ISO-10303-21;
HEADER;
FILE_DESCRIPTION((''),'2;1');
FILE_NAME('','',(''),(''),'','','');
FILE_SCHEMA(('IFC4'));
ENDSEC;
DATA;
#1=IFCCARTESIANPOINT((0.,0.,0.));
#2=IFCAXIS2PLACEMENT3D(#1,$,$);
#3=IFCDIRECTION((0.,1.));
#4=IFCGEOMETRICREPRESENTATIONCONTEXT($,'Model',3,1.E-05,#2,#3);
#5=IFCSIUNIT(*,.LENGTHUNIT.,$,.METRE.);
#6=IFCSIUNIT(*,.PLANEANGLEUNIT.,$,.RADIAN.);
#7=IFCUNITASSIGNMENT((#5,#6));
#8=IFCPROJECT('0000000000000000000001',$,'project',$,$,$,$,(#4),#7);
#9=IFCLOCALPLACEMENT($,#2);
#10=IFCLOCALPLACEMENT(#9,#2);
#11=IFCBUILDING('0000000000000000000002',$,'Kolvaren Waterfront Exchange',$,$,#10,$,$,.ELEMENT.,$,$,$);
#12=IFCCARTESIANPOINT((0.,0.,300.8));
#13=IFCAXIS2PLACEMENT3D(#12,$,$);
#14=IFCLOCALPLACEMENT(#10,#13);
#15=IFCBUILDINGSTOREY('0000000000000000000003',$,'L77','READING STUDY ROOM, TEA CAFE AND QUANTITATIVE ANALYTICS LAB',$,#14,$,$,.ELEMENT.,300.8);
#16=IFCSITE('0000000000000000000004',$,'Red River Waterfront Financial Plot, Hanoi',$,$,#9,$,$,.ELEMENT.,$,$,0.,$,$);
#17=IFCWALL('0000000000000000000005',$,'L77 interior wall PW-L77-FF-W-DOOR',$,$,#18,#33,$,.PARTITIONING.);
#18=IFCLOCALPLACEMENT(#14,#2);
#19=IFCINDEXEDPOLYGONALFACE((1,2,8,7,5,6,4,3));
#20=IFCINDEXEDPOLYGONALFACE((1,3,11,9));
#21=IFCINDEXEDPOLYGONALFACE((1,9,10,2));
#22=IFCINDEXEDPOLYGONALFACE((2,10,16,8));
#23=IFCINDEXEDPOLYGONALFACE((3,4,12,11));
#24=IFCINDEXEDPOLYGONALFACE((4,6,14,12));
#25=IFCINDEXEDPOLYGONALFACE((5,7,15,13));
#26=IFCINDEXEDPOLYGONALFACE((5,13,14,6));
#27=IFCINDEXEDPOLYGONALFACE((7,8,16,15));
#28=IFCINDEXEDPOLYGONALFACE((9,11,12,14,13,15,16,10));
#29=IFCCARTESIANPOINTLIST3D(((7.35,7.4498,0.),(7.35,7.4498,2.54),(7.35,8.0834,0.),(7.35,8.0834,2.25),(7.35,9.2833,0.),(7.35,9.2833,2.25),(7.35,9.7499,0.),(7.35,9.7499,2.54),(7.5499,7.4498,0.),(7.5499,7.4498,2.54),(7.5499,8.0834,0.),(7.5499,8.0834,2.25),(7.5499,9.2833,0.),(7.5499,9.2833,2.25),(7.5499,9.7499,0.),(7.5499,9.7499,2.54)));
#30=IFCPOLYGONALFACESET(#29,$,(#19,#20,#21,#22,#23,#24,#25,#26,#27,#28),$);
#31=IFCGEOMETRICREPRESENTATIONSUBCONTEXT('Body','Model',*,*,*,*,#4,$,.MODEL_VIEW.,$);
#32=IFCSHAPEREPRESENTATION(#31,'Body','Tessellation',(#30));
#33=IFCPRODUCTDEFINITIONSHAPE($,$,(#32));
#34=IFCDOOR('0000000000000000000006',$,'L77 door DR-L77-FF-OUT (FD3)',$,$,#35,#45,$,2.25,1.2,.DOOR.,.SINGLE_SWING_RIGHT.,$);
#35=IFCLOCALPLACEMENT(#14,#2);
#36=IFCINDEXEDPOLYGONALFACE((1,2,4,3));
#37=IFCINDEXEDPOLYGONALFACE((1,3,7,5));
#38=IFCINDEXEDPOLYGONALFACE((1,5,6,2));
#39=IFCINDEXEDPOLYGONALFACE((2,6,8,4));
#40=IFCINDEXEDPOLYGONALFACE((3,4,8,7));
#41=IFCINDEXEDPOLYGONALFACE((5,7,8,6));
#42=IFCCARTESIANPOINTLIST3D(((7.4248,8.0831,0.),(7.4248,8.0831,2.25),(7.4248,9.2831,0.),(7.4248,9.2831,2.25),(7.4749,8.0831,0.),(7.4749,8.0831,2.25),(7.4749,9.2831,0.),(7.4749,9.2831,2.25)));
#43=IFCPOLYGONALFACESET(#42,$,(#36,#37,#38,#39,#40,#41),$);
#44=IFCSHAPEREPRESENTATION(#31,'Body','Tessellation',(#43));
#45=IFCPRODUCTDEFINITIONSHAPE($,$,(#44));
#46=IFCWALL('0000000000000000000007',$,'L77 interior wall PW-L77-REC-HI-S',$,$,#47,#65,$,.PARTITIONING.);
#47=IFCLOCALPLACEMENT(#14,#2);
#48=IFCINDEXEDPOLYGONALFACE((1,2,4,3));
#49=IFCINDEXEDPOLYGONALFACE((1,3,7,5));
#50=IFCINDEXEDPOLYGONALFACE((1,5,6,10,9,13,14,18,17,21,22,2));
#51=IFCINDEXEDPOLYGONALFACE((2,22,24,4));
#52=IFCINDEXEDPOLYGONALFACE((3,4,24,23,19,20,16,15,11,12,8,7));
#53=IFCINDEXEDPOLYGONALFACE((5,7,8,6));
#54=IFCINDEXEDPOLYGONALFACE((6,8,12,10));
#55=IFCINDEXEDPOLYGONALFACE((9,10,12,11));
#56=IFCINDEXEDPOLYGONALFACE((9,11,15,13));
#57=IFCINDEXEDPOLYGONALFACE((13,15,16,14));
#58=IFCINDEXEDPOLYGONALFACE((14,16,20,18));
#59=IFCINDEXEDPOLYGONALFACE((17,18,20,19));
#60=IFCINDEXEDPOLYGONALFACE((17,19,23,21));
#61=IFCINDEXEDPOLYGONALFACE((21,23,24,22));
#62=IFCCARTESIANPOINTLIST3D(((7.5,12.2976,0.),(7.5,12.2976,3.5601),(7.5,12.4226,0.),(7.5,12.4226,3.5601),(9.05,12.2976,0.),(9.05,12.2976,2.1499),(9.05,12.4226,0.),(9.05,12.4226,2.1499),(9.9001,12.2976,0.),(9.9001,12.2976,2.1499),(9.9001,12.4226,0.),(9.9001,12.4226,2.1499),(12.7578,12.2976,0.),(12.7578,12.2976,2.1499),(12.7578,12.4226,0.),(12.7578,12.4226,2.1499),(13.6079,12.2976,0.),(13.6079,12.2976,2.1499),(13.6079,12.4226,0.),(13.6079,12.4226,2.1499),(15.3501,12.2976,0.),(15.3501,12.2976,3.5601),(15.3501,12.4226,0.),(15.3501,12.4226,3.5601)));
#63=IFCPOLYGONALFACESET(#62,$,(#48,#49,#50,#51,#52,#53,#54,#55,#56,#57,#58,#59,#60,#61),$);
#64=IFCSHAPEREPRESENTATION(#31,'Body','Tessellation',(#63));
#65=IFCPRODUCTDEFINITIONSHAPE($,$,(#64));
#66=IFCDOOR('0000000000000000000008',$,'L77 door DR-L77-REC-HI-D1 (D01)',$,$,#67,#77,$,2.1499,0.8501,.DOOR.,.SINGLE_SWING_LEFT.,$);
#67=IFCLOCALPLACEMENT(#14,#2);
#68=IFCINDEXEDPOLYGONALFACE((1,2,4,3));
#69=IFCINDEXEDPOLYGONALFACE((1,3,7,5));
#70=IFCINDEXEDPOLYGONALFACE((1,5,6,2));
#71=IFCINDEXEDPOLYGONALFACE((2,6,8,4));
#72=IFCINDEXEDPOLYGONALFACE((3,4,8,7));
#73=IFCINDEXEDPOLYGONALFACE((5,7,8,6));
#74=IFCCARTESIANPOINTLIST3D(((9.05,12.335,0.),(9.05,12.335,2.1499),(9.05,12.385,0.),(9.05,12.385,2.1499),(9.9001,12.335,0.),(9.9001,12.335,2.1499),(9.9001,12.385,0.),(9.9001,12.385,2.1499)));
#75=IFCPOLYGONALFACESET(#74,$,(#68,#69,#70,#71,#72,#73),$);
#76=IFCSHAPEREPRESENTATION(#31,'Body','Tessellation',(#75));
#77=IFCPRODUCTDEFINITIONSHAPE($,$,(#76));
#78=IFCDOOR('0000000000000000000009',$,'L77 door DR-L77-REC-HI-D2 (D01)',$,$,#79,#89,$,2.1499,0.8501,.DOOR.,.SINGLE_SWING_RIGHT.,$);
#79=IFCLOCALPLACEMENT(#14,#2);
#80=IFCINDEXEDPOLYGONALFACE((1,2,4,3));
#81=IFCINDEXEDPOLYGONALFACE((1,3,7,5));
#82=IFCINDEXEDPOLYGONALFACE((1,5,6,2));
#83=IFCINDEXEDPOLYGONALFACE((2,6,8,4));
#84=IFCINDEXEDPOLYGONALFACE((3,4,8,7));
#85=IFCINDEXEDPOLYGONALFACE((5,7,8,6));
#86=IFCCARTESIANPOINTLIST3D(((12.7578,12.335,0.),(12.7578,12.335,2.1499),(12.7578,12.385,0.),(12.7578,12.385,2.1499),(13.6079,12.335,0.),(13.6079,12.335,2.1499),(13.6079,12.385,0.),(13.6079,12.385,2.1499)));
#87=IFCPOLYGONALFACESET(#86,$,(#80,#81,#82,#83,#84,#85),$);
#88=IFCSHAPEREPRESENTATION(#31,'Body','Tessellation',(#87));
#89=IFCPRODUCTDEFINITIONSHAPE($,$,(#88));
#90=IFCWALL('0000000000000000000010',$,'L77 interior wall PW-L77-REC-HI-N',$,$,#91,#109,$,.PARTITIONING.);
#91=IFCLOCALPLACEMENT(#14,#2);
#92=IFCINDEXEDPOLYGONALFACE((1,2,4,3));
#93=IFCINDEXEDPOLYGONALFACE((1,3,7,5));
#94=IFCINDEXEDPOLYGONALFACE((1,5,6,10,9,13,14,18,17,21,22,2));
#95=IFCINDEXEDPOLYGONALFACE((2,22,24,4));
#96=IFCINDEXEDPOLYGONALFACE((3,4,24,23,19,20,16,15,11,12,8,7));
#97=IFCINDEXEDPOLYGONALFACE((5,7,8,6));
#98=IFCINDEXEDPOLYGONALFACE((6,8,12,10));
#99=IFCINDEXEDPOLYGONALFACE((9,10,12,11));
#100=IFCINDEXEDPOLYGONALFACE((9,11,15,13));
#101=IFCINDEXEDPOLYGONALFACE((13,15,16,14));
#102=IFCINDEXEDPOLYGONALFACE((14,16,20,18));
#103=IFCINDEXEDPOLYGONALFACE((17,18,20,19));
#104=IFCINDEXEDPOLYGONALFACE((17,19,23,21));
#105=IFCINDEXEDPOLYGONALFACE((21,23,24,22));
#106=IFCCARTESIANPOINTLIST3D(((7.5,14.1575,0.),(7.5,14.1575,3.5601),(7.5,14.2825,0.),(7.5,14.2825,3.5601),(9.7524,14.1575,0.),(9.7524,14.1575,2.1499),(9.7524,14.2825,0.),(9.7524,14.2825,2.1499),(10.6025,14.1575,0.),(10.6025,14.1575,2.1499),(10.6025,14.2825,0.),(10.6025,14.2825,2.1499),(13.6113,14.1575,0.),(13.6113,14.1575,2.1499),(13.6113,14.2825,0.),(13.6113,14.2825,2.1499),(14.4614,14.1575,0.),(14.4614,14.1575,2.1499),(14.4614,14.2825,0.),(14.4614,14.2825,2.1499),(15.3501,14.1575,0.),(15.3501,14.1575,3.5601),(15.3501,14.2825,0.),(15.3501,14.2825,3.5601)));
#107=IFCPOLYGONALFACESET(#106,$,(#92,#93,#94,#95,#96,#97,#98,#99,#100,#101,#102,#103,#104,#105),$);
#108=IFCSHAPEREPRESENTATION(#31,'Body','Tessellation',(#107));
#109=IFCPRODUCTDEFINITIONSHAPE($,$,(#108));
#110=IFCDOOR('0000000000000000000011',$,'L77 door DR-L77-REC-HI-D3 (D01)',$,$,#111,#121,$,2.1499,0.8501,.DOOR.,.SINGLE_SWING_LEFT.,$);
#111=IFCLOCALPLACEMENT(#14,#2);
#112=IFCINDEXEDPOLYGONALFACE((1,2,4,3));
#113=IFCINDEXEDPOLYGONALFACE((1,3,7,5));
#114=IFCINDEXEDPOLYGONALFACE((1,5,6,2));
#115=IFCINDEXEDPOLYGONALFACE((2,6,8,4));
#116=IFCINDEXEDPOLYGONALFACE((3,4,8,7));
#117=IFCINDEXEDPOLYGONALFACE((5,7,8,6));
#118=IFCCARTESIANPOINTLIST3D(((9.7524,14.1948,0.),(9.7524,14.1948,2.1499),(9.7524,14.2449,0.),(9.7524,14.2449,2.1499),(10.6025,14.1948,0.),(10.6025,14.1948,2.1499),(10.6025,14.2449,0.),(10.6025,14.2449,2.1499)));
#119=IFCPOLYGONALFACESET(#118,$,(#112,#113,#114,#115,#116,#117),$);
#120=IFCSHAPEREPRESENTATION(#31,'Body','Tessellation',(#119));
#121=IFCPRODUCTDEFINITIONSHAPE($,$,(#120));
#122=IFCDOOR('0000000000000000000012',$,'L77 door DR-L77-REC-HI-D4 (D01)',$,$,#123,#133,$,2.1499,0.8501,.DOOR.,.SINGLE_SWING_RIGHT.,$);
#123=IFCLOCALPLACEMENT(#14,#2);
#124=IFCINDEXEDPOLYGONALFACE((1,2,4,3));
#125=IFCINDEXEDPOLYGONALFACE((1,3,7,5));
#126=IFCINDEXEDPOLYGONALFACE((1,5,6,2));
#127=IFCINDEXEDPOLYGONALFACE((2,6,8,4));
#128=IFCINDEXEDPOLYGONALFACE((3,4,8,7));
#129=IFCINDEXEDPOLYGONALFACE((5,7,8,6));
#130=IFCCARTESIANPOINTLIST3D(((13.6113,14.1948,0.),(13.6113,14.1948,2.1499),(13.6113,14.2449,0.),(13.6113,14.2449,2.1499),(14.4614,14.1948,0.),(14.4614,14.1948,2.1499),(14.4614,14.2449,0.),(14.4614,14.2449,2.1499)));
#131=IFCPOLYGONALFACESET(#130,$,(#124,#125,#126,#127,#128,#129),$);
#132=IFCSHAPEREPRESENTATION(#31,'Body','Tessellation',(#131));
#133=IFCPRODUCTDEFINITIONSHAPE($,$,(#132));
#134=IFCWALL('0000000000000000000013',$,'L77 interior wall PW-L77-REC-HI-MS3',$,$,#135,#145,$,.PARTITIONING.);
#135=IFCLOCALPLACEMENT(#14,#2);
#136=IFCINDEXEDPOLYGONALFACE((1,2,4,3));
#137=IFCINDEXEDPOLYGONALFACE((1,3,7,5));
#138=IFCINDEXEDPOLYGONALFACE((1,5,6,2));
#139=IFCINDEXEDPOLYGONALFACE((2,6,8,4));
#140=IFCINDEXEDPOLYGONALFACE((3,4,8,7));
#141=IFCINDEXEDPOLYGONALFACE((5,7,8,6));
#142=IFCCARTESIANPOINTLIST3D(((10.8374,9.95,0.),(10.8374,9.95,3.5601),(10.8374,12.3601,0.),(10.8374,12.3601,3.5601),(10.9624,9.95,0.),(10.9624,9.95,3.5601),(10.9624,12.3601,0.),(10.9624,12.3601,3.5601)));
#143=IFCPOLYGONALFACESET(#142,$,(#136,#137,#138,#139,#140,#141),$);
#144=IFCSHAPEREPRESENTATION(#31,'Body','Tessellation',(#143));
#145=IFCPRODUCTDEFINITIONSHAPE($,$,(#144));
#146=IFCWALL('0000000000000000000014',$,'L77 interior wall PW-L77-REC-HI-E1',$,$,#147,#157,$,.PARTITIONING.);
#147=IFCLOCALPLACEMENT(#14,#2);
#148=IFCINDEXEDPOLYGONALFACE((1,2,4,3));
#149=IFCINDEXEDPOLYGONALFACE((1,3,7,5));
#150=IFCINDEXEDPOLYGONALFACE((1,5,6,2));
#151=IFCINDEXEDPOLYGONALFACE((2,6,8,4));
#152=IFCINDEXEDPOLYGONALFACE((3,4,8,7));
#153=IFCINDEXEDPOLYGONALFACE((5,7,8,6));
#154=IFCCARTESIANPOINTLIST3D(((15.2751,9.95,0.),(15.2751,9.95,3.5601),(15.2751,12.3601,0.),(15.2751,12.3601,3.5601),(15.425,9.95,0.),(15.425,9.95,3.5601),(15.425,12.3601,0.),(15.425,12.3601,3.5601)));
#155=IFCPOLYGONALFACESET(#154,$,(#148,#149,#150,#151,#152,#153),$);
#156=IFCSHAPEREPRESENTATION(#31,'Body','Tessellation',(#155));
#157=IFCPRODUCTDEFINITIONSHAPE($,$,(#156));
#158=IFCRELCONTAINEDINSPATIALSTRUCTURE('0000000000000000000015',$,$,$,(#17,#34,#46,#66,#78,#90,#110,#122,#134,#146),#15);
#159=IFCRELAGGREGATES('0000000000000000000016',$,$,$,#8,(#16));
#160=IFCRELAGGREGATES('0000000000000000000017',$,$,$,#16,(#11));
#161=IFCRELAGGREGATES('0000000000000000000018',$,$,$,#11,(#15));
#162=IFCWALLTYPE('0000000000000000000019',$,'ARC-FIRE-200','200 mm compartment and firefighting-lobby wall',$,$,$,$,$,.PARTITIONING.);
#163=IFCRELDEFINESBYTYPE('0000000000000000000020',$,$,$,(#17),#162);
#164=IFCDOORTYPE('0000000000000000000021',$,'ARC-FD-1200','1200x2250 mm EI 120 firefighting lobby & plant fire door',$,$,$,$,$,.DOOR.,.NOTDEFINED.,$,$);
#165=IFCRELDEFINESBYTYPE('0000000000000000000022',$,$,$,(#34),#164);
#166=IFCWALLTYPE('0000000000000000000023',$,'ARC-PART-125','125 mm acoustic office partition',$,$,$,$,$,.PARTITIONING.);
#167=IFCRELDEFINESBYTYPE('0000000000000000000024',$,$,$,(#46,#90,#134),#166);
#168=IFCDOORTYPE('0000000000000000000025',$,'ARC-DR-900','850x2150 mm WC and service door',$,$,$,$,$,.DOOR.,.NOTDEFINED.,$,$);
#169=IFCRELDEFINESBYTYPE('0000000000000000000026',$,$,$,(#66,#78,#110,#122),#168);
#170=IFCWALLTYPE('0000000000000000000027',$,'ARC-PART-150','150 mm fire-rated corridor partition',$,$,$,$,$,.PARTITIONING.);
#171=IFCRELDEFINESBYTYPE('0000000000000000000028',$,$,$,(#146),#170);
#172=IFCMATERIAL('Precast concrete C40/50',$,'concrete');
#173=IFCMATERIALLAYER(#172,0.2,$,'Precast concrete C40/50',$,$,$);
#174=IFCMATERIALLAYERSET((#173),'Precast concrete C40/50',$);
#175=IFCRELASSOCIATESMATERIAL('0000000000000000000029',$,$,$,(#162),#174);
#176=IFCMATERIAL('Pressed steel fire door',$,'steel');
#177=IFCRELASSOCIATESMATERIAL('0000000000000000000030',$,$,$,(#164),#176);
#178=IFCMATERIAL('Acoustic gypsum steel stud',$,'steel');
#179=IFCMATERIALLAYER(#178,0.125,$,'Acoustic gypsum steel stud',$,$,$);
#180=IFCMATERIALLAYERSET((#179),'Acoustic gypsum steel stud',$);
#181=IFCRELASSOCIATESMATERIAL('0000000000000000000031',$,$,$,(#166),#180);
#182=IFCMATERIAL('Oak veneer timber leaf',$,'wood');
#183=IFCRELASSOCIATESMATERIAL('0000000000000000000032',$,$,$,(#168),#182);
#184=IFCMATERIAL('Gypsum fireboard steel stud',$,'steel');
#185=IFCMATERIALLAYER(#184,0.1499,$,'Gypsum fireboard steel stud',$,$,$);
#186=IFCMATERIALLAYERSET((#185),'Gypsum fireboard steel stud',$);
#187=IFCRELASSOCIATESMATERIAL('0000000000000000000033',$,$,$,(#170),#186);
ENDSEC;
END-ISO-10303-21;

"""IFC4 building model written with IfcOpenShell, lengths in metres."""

from ifc_helpers import new_model, si_unit, direction, frame, frame_2d, origin, place, context, subcontext, project, spatial, rectangle, extrude, material, layer, layer_set, type_object, element, fill, save


model = new_model("IFC4")

# Units and contexts
model_context = context("Model", 3, precision=1e-05, world=origin(), true_north=direction((0.0, 1.0)))
body_context = subcontext(model_context, "Body", "Model", "MODEL_VIEW")
ifc_project = project(units=[si_unit("LENGTHUNIT", "METRE"), si_unit("PLANEANGLEUNIT", "RADIAN")], contexts=[model_context])

# Site, building, storey
site_placement = place(None, origin())
site = spatial("IfcSite", under=ifc_project, at=site_placement, Name="Red River Waterfront Financial Plot, Hanoi", CompositionType="ELEMENT", RefElevation=0.0)
building_placement = place(site_placement, origin())
building = spatial("IfcBuilding", under=site, at=building_placement, Name="Kolvaren Waterfront Exchange", CompositionType="ELEMENT")
storey_placement = place(building_placement, frame((0.0, 0.0, 300.8)))
storey = spatial("IfcBuildingStorey", under=building, at=storey_placement, Name="L77", Description="READING STUDY ROOM, TEA CAFE AND QUANTITATIVE ANALYTICS LAB", CompositionType="ELEMENT", Elevation=300.8)

# Shared definitions
ifc_material_1 = material(Name="Precast concrete C40/50", Category="concrete")
ifc_layer_1 = layer(ifc_material_1, 0.2, Name="Precast concrete C40/50")
ifc_layer_set_1 = layer_set([ifc_layer_1], Name="Precast concrete C40/50")
wall_type_1 = type_object("IfcWallType", Name="ARC-FIRE-200", Description="200 mm compartment and firefighting-lobby wall", PredefinedType="PARTITIONING", material=ifc_layer_set_1)

# Wall, opening, door
wall_1_placement = place(storey_placement, frame((7.45, 7.45, 0.0), z_axis=(0.0, 0.0, 1.0), x_axis=(0.0, 1.0, 0.0)))
wall_1 = element("IfcWall", 1, at=wall_1_placement, inside=storey, type_object=wall_type_1, Name="L77 interior wall PW-L77-FF-W-DOOR", PredefinedType="PARTITIONING", context=body_context, shape_type="SweptSolid", body=[
    extrude(rectangle(XDim=2.3, YDim=0.2, at=frame_2d((1.1499, 0.0))), origin(), (0.0, 0.0, 1.0), 2.54),
])
opening_1_placement = place(wall_1_placement, frame((0.6333, 0.0, 0.0)))
opening_1 = element("IfcOpeningElement", 2, at=opening_1_placement, cuts=wall_1, PredefinedType="OPENING", context=body_context, shape_type="SweptSolid", body=[
    extrude(rectangle(XDim=1.2, YDim=2.25, at=frame_2d((0.6001, 1.125))), frame((0.0, 0.1099, 0.0), z_axis=(0.0, -1.0, 0.0), x_axis=(1.0, 0.0, 0.0)), (0.0, 0.0, 1.0), 0.22),
])
ifc_material_2 = material(Name="Pressed steel fire door", Category="steel")
door_type_1 = type_object("IfcDoorType", Name="ARC-FD-1200", Description="1200x2250 mm EI 120 firefighting lobby & plant fire door", OperationType="NOTDEFINED", PredefinedType="DOOR", material=ifc_material_2)
door_1_placement = place(opening_1_placement, frame((1.2, 0.0, 0.0), z_axis=(0.0, 0.0, 1.0), x_axis=(-1.0, 0.0, 0.0)))
door_1 = element("IfcDoor", 3, at=door_1_placement, inside=storey, type_object=door_type_1, Name="L77 door DR-L77-FF-OUT (FD3)", OperationType="SINGLE_SWING_RIGHT", OverallHeight=2.25, OverallWidth=1.2, PredefinedType="DOOR", context=body_context, shape_type="SweptSolid", body=[
    extrude(rectangle(XDim=1.2, YDim=2.25, at=frame_2d((0.6001, 1.125))), frame((0.0, 0.0249, 0.0), z_axis=(0.0, -1.0, 0.0), x_axis=(1.0, 0.0, 0.0)), (0.0, 0.0, 1.0), 0.05),
])
fill(opening_1, door_1)

# Walls, openings, doors
ifc_material_3 = material(Name="Acoustic gypsum steel stud", Category="steel")
ifc_layer_2 = layer(ifc_material_3, 0.125, Name="Acoustic gypsum steel stud")
ifc_layer_set_2 = layer_set([ifc_layer_2], Name="Acoustic gypsum steel stud")
wall_type_2 = type_object("IfcWallType", Name="ARC-PART-125", Description="125 mm acoustic office partition", PredefinedType="PARTITIONING", material=ifc_layer_set_2)
wall_2_placement = place(storey_placement, frame((7.5, 12.3601, 0.0), z_axis=(0.0, 0.0, 1.0), x_axis=(1.0, 0.0, 0.0)))
wall_2 = element("IfcWall", 4, at=wall_2_placement, inside=storey, type_object=wall_type_2, Name="L77 interior wall PW-L77-REC-HI-S", PredefinedType="PARTITIONING", context=body_context, shape_type="SweptSolid", body=[
    extrude(rectangle(XDim=7.8501, YDim=0.125, at=frame_2d((3.925, 0.0))), origin(), (0.0, 0.0, 1.0), 3.5601),
])
opening_2_placement = place(wall_2_placement, frame((1.55, 0.0, 0.0)))
opening_2 = element("IfcOpeningElement", 5, at=opening_2_placement, cuts=wall_2, PredefinedType="OPENING", context=body_context, shape_type="SweptSolid", body=[
    extrude(rectangle(XDim=0.8501, YDim=2.1499, at=frame_2d((0.425, 1.075))), frame((0.0, 0.0725, 0.0), z_axis=(0.0, -1.0, 0.0), x_axis=(1.0, 0.0, 0.0)), (0.0, 0.0, 1.0), 0.145),
])
opening_3_placement = place(wall_2_placement, frame((5.2578, 0.0, 0.0)))
opening_3 = element("IfcOpeningElement", 6, at=opening_3_placement, cuts=wall_2, PredefinedType="OPENING", context=body_context, shape_type="SweptSolid", body=[
    extrude(rectangle(XDim=0.8501, YDim=2.1499, at=frame_2d((0.425, 1.075))), frame((0.0, 0.0725, 0.0), z_axis=(0.0, -1.0, 0.0), x_axis=(1.0, 0.0, 0.0)), (0.0, 0.0, 1.0), 0.145),
])
ifc_material_4 = material(Name="Oak veneer timber leaf", Category="wood")
door_type_2 = type_object("IfcDoorType", Name="ARC-DR-900", Description="850x2150 mm WC and service door", OperationType="NOTDEFINED", PredefinedType="DOOR", material=ifc_material_4)
door_2_placement = place(opening_2_placement, origin())
door_2 = element("IfcDoor", 7, at=door_2_placement, inside=storey, type_object=door_type_2, Name="L77 door DR-L77-REC-HI-D1 (D01)", OperationType="SINGLE_SWING_LEFT", OverallHeight=2.1499, OverallWidth=0.8501, PredefinedType="DOOR", context=body_context, shape_type="SweptSolid", body=[
    extrude(rectangle(XDim=0.8501, YDim=2.1499, at=frame_2d((0.425, 1.075))), frame((0.0, 0.0249, 0.0), z_axis=(0.0, -1.0, 0.0), x_axis=(1.0, 0.0, 0.0)), (0.0, 0.0, 1.0), 0.05),
])
fill(opening_2, door_2)
door_3_placement = place(opening_3_placement, origin())
door_3 = element("IfcDoor", 8, at=door_3_placement, inside=storey, type_object=door_type_2, Name="L77 door DR-L77-REC-HI-D2 (D01)", OperationType="SINGLE_SWING_RIGHT", OverallHeight=2.1499, OverallWidth=0.8501, PredefinedType="DOOR", context=body_context, shape_type="SweptSolid", body=[
    extrude(rectangle(XDim=0.8501, YDim=2.1499, at=frame_2d((0.425, 1.075))), frame((0.0, 0.0249, 0.0), z_axis=(0.0, -1.0, 0.0), x_axis=(1.0, 0.0, 0.0)), (0.0, 0.0, 1.0), 0.05),
])
fill(opening_3, door_3)
wall_3_placement = place(storey_placement, frame((7.5, 14.22, 0.0), z_axis=(0.0, 0.0, 1.0), x_axis=(1.0, 0.0, 0.0)))
wall_3 = element("IfcWall", 9, at=wall_3_placement, inside=storey, type_object=wall_type_2, Name="L77 interior wall PW-L77-REC-HI-N", PredefinedType="PARTITIONING", context=body_context, shape_type="SweptSolid", body=[
    extrude(rectangle(XDim=7.8501, YDim=0.125, at=frame_2d((3.925, 0.0))), origin(), (0.0, 0.0, 1.0), 3.5601),
])
opening_4_placement = place(wall_3_placement, frame((2.2524, 0.0, 0.0)))
opening_4 = element("IfcOpeningElement", 10, at=opening_4_placement, cuts=wall_3, PredefinedType="OPENING", context=body_context, shape_type="SweptSolid", body=[
    extrude(rectangle(XDim=0.8501, YDim=2.1499, at=frame_2d((0.425, 1.075))), frame((0.0, 0.0725, 0.0), z_axis=(0.0, -1.0, 0.0), x_axis=(1.0, 0.0, 0.0)), (0.0, 0.0, 1.0), 0.145),
])
opening_5_placement = place(wall_3_placement, frame((6.1113, 0.0, 0.0)))
opening_5 = element("IfcOpeningElement", 11, at=opening_5_placement, cuts=wall_3, PredefinedType="OPENING", context=body_context, shape_type="SweptSolid", body=[
    extrude(rectangle(XDim=0.8501, YDim=2.1499, at=frame_2d((0.425, 1.075))), frame((0.0, 0.0725, 0.0), z_axis=(0.0, -1.0, 0.0), x_axis=(1.0, 0.0, 0.0)), (0.0, 0.0, 1.0), 0.145),
])
door_4_placement = place(opening_4_placement, origin())
door_4 = element("IfcDoor", 12, at=door_4_placement, inside=storey, type_object=door_type_2, Name="L77 door DR-L77-REC-HI-D3 (D01)", OperationType="SINGLE_SWING_LEFT", OverallHeight=2.1499, OverallWidth=0.8501, PredefinedType="DOOR", context=body_context, shape_type="SweptSolid", body=[
    extrude(rectangle(XDim=0.8501, YDim=2.1499, at=frame_2d((0.425, 1.075))), frame((0.0, 0.0249, 0.0), z_axis=(0.0, -1.0, 0.0), x_axis=(1.0, 0.0, 0.0)), (0.0, 0.0, 1.0), 0.05),
])
fill(opening_4, door_4)
door_5_placement = place(opening_5_placement, origin())
door_5 = element("IfcDoor", 13, at=door_5_placement, inside=storey, type_object=door_type_2, Name="L77 door DR-L77-REC-HI-D4 (D01)", OperationType="SINGLE_SWING_RIGHT", OverallHeight=2.1499, OverallWidth=0.8501, PredefinedType="DOOR", context=body_context, shape_type="SweptSolid", body=[
    extrude(rectangle(XDim=0.8501, YDim=2.1499, at=frame_2d((0.425, 1.075))), frame((0.0, 0.0249, 0.0), z_axis=(0.0, -1.0, 0.0), x_axis=(1.0, 0.0, 0.0)), (0.0, 0.0, 1.0), 0.05),
])
fill(opening_5, door_5)

# Walls
wall_4_placement = place(storey_placement, frame((10.8999, 9.95, 0.0), z_axis=(0.0, 0.0, 1.0), x_axis=(0.0, 1.0, 0.0)))
element("IfcWall", 14, at=wall_4_placement, inside=storey, type_object=wall_type_2, Name="L77 interior wall PW-L77-REC-HI-MS3", PredefinedType="PARTITIONING", context=body_context, shape_type="SweptSolid", body=[
    extrude(rectangle(XDim=2.4102, YDim=0.125, at=frame_2d((1.2051, 0.0))), origin(), (0.0, 0.0, 1.0), 3.5601),
])
ifc_material_5 = material(Name="Gypsum fireboard steel stud", Category="steel")
ifc_layer_3 = layer(ifc_material_5, 0.1499, Name="Gypsum fireboard steel stud")
ifc_layer_set_3 = layer_set([ifc_layer_3], Name="Gypsum fireboard steel stud")
wall_type_3 = type_object("IfcWallType", Name="ARC-PART-150", Description="150 mm fire-rated corridor partition", PredefinedType="PARTITIONING", material=ifc_layer_set_3)
wall_5_placement = place(storey_placement, frame((15.3501, 9.95, 0.0), z_axis=(0.0, 0.0, 1.0), x_axis=(0.0, 1.0, 0.0)))
element("IfcWall", 15, at=wall_5_placement, inside=storey, type_object=wall_type_3, Name="L77 interior wall PW-L77-REC-HI-E1", PredefinedType="PARTITIONING", context=body_context, shape_type="SweptSolid", body=[
    extrude(rectangle(XDim=2.4102, YDim=0.1499, at=frame_2d((1.2051, 0.0))), origin(), (0.0, 0.0, 1.0), 3.5601),
])

save(model, "model.ifc")
